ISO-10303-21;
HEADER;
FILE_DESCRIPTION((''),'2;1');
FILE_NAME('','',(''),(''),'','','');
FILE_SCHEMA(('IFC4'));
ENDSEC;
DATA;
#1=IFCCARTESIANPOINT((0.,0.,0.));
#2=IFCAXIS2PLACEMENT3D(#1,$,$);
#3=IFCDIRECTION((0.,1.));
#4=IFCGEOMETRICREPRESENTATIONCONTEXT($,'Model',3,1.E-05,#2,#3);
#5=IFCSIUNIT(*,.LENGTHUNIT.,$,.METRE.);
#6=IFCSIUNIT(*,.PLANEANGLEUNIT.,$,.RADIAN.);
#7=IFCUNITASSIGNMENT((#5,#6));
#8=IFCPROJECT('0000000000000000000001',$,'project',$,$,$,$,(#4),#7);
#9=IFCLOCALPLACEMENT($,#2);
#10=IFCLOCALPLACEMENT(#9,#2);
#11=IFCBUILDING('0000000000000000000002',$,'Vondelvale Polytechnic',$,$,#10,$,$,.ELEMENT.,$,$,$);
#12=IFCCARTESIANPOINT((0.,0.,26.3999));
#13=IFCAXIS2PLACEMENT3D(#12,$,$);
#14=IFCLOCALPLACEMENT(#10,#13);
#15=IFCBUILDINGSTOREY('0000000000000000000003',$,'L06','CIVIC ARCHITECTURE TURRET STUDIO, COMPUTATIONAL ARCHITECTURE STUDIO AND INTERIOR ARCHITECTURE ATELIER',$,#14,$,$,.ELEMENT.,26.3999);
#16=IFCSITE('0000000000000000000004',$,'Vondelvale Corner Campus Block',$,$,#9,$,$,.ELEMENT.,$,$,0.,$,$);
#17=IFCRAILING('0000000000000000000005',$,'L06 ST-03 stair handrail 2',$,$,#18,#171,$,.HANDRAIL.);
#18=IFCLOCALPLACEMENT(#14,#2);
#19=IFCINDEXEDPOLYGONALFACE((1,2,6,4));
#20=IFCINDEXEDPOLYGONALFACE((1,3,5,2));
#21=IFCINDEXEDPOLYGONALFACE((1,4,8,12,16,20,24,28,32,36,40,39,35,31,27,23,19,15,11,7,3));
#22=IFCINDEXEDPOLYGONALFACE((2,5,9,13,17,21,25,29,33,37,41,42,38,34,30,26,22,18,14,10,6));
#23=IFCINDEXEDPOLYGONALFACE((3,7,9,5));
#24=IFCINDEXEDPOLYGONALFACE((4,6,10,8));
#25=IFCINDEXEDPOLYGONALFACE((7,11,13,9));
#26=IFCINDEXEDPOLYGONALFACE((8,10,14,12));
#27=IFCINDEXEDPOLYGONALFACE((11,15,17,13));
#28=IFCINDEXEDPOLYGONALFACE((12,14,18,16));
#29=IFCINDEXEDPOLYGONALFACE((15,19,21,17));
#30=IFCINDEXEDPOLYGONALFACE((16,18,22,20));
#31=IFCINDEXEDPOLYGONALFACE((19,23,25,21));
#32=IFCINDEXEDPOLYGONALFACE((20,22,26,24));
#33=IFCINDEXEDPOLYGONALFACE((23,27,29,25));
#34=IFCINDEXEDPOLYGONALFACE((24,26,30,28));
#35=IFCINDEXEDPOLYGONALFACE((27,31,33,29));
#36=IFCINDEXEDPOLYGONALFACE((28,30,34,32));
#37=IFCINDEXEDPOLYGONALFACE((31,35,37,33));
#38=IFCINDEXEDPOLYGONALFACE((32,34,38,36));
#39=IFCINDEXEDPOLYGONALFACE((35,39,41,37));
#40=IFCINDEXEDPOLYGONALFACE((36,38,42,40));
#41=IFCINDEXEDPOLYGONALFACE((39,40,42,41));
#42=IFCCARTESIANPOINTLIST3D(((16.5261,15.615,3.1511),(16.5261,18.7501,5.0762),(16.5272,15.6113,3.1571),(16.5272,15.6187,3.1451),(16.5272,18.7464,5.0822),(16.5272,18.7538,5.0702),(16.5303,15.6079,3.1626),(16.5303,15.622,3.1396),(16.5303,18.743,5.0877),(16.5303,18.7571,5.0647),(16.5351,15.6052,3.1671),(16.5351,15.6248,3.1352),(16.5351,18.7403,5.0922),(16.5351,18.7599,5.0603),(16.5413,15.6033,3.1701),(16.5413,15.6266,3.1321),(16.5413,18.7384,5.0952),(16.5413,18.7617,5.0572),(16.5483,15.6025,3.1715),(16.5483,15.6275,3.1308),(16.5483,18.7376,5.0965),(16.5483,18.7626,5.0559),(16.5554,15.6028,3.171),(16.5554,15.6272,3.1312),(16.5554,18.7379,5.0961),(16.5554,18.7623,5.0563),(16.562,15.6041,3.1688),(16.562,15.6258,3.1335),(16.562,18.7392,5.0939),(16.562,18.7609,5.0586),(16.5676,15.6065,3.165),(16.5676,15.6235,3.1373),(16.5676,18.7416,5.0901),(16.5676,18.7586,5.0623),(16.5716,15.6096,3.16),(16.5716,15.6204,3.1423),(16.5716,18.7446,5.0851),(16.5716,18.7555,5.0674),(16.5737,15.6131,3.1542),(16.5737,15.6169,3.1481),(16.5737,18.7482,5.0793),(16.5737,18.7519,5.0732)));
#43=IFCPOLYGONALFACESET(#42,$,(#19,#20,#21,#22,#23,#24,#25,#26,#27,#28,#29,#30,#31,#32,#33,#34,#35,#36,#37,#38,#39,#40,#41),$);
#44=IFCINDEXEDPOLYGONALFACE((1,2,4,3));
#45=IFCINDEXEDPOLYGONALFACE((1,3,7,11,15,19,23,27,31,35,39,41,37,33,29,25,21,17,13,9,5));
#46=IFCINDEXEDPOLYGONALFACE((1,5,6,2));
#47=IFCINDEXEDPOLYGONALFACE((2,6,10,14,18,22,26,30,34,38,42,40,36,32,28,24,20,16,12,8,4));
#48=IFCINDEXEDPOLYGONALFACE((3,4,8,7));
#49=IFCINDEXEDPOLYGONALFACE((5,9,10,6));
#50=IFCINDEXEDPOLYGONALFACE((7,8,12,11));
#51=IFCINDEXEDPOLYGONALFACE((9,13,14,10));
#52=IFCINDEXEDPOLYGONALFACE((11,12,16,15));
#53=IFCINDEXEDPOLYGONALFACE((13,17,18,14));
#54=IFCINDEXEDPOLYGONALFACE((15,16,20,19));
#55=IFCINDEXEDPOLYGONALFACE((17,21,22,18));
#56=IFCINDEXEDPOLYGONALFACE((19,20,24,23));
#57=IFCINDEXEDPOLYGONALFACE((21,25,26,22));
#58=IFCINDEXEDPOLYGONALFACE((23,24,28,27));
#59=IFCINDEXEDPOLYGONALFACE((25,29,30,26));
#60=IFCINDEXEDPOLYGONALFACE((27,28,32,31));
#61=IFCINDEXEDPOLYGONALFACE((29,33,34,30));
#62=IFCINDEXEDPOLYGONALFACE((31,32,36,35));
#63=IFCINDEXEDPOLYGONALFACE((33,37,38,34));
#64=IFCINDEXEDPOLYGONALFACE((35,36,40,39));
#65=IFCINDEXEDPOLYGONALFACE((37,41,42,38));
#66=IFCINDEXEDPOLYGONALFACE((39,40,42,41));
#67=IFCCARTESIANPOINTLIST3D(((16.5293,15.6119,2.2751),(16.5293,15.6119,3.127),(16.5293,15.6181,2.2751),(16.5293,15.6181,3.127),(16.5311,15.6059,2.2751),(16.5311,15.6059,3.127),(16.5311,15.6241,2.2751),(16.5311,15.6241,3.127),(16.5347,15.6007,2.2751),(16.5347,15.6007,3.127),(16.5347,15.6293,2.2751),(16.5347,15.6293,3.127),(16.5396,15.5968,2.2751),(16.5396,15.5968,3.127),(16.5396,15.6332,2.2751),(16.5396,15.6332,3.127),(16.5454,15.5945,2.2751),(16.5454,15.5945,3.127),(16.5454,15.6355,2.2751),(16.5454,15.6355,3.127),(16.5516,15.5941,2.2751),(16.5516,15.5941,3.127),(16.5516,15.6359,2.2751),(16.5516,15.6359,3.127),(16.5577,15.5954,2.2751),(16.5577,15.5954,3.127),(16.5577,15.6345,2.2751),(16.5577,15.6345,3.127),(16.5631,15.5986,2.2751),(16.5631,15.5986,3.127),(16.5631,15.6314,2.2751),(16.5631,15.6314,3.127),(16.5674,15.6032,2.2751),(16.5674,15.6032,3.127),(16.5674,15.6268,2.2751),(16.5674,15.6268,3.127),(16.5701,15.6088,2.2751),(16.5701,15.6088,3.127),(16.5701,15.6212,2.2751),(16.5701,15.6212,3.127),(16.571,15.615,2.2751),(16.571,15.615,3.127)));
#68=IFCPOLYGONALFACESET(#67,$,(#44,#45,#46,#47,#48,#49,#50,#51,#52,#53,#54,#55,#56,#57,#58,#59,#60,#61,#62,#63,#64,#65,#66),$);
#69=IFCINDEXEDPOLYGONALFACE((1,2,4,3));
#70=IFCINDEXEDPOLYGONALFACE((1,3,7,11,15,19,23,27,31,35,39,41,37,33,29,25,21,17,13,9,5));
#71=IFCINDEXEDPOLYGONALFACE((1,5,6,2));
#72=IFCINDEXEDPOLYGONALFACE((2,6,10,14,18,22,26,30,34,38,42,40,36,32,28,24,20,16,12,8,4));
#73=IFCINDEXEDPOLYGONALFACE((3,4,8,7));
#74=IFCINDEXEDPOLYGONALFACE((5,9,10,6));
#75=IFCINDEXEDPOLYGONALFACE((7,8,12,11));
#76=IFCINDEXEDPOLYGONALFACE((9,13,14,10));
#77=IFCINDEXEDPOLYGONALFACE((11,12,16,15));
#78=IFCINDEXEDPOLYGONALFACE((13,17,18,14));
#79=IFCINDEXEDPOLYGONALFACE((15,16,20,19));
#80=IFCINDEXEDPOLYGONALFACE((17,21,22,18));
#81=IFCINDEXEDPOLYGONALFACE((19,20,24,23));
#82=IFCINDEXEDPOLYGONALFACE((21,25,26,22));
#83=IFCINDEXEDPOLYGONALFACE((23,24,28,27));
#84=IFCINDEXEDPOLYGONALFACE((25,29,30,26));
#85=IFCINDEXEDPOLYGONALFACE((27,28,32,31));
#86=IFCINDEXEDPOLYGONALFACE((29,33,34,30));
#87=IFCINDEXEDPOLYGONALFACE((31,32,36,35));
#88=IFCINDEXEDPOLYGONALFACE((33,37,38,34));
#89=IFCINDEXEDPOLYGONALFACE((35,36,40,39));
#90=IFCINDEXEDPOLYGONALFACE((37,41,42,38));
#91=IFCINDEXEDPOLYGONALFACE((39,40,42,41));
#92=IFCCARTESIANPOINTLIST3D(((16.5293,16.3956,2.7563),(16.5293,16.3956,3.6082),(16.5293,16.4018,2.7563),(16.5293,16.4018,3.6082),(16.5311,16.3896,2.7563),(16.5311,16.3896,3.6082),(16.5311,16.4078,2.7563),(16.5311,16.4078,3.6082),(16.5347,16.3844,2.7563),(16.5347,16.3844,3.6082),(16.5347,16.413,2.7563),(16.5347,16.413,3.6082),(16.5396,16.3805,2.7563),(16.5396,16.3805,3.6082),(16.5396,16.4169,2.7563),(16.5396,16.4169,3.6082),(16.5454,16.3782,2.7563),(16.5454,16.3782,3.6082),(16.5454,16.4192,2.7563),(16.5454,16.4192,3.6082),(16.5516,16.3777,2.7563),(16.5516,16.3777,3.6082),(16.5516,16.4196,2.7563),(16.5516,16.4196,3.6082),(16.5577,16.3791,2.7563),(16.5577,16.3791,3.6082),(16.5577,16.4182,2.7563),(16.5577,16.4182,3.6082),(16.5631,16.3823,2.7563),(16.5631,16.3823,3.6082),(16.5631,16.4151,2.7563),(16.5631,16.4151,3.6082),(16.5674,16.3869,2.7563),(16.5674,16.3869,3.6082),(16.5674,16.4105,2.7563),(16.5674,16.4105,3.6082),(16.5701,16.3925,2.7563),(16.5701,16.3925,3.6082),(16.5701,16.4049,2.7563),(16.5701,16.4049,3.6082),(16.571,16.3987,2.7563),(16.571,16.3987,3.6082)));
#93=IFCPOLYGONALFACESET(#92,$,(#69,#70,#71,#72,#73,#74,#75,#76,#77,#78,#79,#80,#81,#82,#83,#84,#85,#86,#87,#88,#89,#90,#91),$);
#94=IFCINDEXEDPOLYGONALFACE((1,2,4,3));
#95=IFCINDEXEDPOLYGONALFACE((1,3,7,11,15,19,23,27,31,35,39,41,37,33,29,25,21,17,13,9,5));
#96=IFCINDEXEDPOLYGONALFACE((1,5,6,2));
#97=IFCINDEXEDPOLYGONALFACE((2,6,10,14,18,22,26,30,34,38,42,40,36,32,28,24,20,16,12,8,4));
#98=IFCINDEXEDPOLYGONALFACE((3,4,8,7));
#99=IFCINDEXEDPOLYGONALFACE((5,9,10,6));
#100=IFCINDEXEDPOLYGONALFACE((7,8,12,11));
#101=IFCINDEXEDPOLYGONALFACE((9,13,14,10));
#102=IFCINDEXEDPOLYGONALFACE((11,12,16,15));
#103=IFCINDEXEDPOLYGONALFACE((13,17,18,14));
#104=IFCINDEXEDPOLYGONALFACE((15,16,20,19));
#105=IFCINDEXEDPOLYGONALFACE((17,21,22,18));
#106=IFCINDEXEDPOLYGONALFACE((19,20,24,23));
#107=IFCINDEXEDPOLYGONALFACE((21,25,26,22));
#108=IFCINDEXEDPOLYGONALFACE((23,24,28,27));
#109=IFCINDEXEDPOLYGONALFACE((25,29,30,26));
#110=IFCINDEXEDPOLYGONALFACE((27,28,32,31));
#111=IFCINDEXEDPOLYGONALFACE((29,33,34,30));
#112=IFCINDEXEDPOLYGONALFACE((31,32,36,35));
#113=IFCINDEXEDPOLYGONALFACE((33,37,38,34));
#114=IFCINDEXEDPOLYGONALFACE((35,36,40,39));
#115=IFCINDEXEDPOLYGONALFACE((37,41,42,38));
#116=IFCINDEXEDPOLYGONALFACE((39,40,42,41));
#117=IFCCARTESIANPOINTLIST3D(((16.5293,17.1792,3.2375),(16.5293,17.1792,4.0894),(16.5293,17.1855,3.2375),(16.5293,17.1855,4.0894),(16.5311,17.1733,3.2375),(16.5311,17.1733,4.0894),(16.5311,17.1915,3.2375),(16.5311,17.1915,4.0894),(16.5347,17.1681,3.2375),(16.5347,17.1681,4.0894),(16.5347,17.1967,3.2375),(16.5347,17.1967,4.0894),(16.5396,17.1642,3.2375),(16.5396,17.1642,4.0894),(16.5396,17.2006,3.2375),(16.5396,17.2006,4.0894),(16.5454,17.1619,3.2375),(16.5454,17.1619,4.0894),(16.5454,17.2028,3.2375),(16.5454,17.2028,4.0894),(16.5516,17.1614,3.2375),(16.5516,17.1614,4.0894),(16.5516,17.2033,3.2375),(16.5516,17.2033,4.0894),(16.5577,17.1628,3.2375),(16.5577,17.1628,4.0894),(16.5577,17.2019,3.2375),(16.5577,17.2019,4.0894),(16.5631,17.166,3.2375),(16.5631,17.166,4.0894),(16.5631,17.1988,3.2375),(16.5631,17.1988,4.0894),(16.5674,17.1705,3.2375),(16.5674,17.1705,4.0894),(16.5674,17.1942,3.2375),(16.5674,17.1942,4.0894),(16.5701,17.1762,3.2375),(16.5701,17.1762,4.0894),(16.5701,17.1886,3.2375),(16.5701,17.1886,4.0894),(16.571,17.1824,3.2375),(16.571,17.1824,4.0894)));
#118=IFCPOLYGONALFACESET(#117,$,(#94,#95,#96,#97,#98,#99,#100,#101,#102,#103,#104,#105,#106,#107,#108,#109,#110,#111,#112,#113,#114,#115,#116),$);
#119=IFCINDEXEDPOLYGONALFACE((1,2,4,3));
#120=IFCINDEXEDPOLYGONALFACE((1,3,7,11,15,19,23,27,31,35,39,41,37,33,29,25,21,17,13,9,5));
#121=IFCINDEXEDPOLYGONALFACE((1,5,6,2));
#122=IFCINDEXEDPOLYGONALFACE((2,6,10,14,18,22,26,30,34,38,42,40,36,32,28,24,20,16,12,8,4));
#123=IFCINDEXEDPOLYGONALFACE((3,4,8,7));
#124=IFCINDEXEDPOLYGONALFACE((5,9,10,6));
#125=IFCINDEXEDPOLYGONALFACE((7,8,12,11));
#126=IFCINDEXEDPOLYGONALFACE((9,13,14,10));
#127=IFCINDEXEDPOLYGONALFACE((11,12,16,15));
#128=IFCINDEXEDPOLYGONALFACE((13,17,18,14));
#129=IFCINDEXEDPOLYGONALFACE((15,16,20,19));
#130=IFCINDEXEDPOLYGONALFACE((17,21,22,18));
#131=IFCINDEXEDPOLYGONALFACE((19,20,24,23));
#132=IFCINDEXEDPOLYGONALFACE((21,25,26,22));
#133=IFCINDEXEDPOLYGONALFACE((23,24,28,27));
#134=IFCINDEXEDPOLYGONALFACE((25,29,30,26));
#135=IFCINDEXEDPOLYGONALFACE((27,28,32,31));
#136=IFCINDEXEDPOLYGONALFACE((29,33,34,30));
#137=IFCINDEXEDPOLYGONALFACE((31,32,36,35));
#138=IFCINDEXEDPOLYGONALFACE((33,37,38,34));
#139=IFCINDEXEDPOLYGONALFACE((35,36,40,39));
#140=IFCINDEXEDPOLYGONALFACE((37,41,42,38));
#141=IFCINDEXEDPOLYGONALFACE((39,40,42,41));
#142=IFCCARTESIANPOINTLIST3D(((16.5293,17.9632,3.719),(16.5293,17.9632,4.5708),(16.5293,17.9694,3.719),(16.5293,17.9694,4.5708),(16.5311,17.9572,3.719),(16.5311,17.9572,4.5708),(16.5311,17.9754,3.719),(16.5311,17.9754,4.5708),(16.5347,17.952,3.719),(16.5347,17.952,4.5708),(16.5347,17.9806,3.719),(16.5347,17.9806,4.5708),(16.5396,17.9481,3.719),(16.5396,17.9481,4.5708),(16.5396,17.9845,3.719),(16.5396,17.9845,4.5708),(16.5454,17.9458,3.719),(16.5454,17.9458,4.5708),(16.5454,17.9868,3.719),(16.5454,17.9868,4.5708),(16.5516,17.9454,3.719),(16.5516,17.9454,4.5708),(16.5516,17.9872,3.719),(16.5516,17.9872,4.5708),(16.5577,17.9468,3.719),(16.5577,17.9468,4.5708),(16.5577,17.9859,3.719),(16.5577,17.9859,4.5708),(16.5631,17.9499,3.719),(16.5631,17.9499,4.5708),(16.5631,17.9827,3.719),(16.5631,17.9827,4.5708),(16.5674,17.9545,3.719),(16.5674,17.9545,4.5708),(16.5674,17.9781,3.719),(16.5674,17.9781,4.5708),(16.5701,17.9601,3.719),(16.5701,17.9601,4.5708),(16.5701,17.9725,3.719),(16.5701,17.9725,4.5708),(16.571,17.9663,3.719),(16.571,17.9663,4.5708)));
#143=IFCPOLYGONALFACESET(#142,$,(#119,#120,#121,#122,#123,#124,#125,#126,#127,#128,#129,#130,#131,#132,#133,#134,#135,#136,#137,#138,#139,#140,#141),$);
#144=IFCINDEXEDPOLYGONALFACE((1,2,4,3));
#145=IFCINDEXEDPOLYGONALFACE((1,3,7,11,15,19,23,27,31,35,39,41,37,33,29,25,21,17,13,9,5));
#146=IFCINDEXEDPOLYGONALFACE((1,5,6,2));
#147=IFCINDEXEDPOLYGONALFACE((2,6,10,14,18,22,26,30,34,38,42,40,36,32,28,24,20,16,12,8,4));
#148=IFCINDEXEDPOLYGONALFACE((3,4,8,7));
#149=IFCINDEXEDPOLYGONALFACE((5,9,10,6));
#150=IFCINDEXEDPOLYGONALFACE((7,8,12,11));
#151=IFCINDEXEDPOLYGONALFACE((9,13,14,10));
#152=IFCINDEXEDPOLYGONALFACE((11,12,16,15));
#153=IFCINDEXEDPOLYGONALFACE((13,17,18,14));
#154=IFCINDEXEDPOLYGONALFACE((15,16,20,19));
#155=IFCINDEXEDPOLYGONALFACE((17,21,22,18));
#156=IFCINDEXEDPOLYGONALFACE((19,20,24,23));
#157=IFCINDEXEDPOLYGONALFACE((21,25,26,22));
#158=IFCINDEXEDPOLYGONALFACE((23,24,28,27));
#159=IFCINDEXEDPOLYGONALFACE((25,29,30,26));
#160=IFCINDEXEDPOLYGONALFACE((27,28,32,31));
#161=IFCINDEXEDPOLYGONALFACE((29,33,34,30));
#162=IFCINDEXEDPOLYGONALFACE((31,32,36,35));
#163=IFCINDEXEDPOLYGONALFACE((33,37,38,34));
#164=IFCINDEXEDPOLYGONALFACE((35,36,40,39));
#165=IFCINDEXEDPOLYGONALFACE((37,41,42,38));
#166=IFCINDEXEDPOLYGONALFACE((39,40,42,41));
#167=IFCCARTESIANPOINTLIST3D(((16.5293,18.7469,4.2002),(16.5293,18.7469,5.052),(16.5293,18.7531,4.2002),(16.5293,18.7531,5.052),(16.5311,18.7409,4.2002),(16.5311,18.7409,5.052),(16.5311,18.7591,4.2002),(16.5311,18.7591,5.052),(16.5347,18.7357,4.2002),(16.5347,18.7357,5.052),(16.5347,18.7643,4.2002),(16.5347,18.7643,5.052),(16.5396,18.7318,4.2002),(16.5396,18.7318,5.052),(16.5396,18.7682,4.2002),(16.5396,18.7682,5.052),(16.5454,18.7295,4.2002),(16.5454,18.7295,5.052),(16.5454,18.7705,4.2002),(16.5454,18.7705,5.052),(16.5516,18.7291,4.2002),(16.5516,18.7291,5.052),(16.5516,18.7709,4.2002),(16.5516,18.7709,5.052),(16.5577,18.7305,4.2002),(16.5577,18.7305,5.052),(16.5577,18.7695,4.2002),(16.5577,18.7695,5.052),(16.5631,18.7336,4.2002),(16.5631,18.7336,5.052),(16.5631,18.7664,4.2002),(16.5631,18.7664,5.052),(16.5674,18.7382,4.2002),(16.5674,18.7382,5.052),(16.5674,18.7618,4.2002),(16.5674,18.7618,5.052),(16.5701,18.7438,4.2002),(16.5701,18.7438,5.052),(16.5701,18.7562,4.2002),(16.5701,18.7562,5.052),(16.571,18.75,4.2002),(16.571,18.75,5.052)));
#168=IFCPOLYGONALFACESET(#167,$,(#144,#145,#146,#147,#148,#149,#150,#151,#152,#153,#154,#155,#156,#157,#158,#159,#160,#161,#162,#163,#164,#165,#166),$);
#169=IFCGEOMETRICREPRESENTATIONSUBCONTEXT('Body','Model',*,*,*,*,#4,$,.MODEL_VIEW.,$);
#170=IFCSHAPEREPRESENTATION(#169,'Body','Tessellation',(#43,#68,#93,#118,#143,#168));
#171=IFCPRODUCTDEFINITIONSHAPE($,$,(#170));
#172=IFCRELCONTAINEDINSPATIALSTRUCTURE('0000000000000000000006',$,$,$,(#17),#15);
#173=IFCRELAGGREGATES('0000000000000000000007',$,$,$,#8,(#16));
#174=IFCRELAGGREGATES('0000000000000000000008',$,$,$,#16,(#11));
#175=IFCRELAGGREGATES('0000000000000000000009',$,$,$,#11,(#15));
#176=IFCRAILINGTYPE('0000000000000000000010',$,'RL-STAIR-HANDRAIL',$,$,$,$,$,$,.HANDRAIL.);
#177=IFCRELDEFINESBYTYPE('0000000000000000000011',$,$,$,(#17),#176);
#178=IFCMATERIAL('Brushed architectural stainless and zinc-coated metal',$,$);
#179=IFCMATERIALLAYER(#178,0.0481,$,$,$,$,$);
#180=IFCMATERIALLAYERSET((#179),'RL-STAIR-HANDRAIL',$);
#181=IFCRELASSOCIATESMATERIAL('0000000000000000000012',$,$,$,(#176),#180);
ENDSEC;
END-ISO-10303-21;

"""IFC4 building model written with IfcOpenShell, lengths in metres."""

from ifc_helpers import new_model, si_unit, direction, frame, origin, origin_2d, place, context, subcontext, project, spatial, circle, extrude, material, layer, layer_set, type_object, element, save


model = new_model("IFC4")

# Units and contexts
model_context = context("Model", 3, precision=1e-05, world=origin(), true_north=direction((0.0, 1.0)))
body_context = subcontext(model_context, "Body", "Model", "MODEL_VIEW")
ifc_project = project(units=[si_unit("LENGTHUNIT", "METRE"), si_unit("PLANEANGLEUNIT", "RADIAN")], contexts=[model_context])

# Site, building, storey
site_placement = place(None, origin())
site = spatial("IfcSite", under=ifc_project, at=site_placement, Name="Vondelvale Corner Campus Block", CompositionType="ELEMENT", RefElevation=0.0)
building_placement = place(site_placement, origin())
building = spatial("IfcBuilding", under=site, at=building_placement, Name="Vondelvale Polytechnic", CompositionType="ELEMENT")
storey_placement = place(building_placement, frame((0.0, 0.0, 26.3999)))
storey = spatial("IfcBuildingStorey", under=building, at=storey_placement, Name="L06", Description="CIVIC ARCHITECTURE TURRET STUDIO, COMPUTATIONAL ARCHITECTURE STUDIO AND INTERIOR ARCHITECTURE ATELIER", CompositionType="ELEMENT", Elevation=26.3999)

# Shared definitions
ifc_material_1 = material(Name="Brushed architectural stainless and zinc-coated metal")

# Railing
ifc_layer_1 = layer(ifc_material_1, 0.0481)
ifc_layer_set_1 = layer_set([ifc_layer_1], Name="RL-STAIR-HANDRAIL")
railing_type = type_object("IfcRailingType", Name="RL-STAIR-HANDRAIL", PredefinedType="HANDRAIL", material=ifc_layer_set_1)
railing_placement = place(storey_placement, frame((16.55, 15.615, 2.2751)))
element("IfcRailing", 1, at=railing_placement, inside=storey, type_object=railing_type, Name="L06 ST-03 stair handrail 2", PredefinedType="HANDRAIL", context=body_context, shape_type="SweptSolid", body=[
    extrude(circle(Radius=0.0239, at=origin_2d()), frame((0.0, 0.0, 0.876), z_axis=(0.0, 0.852166, 0.523271), x_axis=(-1.0, 0.0, 0.0)), (0.0, 0.0, 1.0), 3.679),
    extrude(circle(Radius=0.021, at=origin_2d()), origin(), (0.0, 0.0, 1.0), 0.8518),
    extrude(circle(Radius=0.021, at=origin_2d()), frame((0.0, 0.7837, 0.4812)), (0.0, 0.0, 1.0), 0.8518),
    extrude(circle(Radius=0.021, at=origin_2d()), frame((0.0, 1.5674, 0.9624)), (0.0, 0.0, 1.0), 0.8518),
    extrude(circle(Radius=0.021, at=origin_2d()), frame((0.0, 2.3513, 1.4438)), (0.0, 0.0, 1.0), 0.8518),
    extrude(circle(Radius=0.021, at=origin_2d()), frame((0.0, 3.135, 1.925)), (0.0, 0.0, 1.0), 0.8518),
])

save(model, "model.ifc")
